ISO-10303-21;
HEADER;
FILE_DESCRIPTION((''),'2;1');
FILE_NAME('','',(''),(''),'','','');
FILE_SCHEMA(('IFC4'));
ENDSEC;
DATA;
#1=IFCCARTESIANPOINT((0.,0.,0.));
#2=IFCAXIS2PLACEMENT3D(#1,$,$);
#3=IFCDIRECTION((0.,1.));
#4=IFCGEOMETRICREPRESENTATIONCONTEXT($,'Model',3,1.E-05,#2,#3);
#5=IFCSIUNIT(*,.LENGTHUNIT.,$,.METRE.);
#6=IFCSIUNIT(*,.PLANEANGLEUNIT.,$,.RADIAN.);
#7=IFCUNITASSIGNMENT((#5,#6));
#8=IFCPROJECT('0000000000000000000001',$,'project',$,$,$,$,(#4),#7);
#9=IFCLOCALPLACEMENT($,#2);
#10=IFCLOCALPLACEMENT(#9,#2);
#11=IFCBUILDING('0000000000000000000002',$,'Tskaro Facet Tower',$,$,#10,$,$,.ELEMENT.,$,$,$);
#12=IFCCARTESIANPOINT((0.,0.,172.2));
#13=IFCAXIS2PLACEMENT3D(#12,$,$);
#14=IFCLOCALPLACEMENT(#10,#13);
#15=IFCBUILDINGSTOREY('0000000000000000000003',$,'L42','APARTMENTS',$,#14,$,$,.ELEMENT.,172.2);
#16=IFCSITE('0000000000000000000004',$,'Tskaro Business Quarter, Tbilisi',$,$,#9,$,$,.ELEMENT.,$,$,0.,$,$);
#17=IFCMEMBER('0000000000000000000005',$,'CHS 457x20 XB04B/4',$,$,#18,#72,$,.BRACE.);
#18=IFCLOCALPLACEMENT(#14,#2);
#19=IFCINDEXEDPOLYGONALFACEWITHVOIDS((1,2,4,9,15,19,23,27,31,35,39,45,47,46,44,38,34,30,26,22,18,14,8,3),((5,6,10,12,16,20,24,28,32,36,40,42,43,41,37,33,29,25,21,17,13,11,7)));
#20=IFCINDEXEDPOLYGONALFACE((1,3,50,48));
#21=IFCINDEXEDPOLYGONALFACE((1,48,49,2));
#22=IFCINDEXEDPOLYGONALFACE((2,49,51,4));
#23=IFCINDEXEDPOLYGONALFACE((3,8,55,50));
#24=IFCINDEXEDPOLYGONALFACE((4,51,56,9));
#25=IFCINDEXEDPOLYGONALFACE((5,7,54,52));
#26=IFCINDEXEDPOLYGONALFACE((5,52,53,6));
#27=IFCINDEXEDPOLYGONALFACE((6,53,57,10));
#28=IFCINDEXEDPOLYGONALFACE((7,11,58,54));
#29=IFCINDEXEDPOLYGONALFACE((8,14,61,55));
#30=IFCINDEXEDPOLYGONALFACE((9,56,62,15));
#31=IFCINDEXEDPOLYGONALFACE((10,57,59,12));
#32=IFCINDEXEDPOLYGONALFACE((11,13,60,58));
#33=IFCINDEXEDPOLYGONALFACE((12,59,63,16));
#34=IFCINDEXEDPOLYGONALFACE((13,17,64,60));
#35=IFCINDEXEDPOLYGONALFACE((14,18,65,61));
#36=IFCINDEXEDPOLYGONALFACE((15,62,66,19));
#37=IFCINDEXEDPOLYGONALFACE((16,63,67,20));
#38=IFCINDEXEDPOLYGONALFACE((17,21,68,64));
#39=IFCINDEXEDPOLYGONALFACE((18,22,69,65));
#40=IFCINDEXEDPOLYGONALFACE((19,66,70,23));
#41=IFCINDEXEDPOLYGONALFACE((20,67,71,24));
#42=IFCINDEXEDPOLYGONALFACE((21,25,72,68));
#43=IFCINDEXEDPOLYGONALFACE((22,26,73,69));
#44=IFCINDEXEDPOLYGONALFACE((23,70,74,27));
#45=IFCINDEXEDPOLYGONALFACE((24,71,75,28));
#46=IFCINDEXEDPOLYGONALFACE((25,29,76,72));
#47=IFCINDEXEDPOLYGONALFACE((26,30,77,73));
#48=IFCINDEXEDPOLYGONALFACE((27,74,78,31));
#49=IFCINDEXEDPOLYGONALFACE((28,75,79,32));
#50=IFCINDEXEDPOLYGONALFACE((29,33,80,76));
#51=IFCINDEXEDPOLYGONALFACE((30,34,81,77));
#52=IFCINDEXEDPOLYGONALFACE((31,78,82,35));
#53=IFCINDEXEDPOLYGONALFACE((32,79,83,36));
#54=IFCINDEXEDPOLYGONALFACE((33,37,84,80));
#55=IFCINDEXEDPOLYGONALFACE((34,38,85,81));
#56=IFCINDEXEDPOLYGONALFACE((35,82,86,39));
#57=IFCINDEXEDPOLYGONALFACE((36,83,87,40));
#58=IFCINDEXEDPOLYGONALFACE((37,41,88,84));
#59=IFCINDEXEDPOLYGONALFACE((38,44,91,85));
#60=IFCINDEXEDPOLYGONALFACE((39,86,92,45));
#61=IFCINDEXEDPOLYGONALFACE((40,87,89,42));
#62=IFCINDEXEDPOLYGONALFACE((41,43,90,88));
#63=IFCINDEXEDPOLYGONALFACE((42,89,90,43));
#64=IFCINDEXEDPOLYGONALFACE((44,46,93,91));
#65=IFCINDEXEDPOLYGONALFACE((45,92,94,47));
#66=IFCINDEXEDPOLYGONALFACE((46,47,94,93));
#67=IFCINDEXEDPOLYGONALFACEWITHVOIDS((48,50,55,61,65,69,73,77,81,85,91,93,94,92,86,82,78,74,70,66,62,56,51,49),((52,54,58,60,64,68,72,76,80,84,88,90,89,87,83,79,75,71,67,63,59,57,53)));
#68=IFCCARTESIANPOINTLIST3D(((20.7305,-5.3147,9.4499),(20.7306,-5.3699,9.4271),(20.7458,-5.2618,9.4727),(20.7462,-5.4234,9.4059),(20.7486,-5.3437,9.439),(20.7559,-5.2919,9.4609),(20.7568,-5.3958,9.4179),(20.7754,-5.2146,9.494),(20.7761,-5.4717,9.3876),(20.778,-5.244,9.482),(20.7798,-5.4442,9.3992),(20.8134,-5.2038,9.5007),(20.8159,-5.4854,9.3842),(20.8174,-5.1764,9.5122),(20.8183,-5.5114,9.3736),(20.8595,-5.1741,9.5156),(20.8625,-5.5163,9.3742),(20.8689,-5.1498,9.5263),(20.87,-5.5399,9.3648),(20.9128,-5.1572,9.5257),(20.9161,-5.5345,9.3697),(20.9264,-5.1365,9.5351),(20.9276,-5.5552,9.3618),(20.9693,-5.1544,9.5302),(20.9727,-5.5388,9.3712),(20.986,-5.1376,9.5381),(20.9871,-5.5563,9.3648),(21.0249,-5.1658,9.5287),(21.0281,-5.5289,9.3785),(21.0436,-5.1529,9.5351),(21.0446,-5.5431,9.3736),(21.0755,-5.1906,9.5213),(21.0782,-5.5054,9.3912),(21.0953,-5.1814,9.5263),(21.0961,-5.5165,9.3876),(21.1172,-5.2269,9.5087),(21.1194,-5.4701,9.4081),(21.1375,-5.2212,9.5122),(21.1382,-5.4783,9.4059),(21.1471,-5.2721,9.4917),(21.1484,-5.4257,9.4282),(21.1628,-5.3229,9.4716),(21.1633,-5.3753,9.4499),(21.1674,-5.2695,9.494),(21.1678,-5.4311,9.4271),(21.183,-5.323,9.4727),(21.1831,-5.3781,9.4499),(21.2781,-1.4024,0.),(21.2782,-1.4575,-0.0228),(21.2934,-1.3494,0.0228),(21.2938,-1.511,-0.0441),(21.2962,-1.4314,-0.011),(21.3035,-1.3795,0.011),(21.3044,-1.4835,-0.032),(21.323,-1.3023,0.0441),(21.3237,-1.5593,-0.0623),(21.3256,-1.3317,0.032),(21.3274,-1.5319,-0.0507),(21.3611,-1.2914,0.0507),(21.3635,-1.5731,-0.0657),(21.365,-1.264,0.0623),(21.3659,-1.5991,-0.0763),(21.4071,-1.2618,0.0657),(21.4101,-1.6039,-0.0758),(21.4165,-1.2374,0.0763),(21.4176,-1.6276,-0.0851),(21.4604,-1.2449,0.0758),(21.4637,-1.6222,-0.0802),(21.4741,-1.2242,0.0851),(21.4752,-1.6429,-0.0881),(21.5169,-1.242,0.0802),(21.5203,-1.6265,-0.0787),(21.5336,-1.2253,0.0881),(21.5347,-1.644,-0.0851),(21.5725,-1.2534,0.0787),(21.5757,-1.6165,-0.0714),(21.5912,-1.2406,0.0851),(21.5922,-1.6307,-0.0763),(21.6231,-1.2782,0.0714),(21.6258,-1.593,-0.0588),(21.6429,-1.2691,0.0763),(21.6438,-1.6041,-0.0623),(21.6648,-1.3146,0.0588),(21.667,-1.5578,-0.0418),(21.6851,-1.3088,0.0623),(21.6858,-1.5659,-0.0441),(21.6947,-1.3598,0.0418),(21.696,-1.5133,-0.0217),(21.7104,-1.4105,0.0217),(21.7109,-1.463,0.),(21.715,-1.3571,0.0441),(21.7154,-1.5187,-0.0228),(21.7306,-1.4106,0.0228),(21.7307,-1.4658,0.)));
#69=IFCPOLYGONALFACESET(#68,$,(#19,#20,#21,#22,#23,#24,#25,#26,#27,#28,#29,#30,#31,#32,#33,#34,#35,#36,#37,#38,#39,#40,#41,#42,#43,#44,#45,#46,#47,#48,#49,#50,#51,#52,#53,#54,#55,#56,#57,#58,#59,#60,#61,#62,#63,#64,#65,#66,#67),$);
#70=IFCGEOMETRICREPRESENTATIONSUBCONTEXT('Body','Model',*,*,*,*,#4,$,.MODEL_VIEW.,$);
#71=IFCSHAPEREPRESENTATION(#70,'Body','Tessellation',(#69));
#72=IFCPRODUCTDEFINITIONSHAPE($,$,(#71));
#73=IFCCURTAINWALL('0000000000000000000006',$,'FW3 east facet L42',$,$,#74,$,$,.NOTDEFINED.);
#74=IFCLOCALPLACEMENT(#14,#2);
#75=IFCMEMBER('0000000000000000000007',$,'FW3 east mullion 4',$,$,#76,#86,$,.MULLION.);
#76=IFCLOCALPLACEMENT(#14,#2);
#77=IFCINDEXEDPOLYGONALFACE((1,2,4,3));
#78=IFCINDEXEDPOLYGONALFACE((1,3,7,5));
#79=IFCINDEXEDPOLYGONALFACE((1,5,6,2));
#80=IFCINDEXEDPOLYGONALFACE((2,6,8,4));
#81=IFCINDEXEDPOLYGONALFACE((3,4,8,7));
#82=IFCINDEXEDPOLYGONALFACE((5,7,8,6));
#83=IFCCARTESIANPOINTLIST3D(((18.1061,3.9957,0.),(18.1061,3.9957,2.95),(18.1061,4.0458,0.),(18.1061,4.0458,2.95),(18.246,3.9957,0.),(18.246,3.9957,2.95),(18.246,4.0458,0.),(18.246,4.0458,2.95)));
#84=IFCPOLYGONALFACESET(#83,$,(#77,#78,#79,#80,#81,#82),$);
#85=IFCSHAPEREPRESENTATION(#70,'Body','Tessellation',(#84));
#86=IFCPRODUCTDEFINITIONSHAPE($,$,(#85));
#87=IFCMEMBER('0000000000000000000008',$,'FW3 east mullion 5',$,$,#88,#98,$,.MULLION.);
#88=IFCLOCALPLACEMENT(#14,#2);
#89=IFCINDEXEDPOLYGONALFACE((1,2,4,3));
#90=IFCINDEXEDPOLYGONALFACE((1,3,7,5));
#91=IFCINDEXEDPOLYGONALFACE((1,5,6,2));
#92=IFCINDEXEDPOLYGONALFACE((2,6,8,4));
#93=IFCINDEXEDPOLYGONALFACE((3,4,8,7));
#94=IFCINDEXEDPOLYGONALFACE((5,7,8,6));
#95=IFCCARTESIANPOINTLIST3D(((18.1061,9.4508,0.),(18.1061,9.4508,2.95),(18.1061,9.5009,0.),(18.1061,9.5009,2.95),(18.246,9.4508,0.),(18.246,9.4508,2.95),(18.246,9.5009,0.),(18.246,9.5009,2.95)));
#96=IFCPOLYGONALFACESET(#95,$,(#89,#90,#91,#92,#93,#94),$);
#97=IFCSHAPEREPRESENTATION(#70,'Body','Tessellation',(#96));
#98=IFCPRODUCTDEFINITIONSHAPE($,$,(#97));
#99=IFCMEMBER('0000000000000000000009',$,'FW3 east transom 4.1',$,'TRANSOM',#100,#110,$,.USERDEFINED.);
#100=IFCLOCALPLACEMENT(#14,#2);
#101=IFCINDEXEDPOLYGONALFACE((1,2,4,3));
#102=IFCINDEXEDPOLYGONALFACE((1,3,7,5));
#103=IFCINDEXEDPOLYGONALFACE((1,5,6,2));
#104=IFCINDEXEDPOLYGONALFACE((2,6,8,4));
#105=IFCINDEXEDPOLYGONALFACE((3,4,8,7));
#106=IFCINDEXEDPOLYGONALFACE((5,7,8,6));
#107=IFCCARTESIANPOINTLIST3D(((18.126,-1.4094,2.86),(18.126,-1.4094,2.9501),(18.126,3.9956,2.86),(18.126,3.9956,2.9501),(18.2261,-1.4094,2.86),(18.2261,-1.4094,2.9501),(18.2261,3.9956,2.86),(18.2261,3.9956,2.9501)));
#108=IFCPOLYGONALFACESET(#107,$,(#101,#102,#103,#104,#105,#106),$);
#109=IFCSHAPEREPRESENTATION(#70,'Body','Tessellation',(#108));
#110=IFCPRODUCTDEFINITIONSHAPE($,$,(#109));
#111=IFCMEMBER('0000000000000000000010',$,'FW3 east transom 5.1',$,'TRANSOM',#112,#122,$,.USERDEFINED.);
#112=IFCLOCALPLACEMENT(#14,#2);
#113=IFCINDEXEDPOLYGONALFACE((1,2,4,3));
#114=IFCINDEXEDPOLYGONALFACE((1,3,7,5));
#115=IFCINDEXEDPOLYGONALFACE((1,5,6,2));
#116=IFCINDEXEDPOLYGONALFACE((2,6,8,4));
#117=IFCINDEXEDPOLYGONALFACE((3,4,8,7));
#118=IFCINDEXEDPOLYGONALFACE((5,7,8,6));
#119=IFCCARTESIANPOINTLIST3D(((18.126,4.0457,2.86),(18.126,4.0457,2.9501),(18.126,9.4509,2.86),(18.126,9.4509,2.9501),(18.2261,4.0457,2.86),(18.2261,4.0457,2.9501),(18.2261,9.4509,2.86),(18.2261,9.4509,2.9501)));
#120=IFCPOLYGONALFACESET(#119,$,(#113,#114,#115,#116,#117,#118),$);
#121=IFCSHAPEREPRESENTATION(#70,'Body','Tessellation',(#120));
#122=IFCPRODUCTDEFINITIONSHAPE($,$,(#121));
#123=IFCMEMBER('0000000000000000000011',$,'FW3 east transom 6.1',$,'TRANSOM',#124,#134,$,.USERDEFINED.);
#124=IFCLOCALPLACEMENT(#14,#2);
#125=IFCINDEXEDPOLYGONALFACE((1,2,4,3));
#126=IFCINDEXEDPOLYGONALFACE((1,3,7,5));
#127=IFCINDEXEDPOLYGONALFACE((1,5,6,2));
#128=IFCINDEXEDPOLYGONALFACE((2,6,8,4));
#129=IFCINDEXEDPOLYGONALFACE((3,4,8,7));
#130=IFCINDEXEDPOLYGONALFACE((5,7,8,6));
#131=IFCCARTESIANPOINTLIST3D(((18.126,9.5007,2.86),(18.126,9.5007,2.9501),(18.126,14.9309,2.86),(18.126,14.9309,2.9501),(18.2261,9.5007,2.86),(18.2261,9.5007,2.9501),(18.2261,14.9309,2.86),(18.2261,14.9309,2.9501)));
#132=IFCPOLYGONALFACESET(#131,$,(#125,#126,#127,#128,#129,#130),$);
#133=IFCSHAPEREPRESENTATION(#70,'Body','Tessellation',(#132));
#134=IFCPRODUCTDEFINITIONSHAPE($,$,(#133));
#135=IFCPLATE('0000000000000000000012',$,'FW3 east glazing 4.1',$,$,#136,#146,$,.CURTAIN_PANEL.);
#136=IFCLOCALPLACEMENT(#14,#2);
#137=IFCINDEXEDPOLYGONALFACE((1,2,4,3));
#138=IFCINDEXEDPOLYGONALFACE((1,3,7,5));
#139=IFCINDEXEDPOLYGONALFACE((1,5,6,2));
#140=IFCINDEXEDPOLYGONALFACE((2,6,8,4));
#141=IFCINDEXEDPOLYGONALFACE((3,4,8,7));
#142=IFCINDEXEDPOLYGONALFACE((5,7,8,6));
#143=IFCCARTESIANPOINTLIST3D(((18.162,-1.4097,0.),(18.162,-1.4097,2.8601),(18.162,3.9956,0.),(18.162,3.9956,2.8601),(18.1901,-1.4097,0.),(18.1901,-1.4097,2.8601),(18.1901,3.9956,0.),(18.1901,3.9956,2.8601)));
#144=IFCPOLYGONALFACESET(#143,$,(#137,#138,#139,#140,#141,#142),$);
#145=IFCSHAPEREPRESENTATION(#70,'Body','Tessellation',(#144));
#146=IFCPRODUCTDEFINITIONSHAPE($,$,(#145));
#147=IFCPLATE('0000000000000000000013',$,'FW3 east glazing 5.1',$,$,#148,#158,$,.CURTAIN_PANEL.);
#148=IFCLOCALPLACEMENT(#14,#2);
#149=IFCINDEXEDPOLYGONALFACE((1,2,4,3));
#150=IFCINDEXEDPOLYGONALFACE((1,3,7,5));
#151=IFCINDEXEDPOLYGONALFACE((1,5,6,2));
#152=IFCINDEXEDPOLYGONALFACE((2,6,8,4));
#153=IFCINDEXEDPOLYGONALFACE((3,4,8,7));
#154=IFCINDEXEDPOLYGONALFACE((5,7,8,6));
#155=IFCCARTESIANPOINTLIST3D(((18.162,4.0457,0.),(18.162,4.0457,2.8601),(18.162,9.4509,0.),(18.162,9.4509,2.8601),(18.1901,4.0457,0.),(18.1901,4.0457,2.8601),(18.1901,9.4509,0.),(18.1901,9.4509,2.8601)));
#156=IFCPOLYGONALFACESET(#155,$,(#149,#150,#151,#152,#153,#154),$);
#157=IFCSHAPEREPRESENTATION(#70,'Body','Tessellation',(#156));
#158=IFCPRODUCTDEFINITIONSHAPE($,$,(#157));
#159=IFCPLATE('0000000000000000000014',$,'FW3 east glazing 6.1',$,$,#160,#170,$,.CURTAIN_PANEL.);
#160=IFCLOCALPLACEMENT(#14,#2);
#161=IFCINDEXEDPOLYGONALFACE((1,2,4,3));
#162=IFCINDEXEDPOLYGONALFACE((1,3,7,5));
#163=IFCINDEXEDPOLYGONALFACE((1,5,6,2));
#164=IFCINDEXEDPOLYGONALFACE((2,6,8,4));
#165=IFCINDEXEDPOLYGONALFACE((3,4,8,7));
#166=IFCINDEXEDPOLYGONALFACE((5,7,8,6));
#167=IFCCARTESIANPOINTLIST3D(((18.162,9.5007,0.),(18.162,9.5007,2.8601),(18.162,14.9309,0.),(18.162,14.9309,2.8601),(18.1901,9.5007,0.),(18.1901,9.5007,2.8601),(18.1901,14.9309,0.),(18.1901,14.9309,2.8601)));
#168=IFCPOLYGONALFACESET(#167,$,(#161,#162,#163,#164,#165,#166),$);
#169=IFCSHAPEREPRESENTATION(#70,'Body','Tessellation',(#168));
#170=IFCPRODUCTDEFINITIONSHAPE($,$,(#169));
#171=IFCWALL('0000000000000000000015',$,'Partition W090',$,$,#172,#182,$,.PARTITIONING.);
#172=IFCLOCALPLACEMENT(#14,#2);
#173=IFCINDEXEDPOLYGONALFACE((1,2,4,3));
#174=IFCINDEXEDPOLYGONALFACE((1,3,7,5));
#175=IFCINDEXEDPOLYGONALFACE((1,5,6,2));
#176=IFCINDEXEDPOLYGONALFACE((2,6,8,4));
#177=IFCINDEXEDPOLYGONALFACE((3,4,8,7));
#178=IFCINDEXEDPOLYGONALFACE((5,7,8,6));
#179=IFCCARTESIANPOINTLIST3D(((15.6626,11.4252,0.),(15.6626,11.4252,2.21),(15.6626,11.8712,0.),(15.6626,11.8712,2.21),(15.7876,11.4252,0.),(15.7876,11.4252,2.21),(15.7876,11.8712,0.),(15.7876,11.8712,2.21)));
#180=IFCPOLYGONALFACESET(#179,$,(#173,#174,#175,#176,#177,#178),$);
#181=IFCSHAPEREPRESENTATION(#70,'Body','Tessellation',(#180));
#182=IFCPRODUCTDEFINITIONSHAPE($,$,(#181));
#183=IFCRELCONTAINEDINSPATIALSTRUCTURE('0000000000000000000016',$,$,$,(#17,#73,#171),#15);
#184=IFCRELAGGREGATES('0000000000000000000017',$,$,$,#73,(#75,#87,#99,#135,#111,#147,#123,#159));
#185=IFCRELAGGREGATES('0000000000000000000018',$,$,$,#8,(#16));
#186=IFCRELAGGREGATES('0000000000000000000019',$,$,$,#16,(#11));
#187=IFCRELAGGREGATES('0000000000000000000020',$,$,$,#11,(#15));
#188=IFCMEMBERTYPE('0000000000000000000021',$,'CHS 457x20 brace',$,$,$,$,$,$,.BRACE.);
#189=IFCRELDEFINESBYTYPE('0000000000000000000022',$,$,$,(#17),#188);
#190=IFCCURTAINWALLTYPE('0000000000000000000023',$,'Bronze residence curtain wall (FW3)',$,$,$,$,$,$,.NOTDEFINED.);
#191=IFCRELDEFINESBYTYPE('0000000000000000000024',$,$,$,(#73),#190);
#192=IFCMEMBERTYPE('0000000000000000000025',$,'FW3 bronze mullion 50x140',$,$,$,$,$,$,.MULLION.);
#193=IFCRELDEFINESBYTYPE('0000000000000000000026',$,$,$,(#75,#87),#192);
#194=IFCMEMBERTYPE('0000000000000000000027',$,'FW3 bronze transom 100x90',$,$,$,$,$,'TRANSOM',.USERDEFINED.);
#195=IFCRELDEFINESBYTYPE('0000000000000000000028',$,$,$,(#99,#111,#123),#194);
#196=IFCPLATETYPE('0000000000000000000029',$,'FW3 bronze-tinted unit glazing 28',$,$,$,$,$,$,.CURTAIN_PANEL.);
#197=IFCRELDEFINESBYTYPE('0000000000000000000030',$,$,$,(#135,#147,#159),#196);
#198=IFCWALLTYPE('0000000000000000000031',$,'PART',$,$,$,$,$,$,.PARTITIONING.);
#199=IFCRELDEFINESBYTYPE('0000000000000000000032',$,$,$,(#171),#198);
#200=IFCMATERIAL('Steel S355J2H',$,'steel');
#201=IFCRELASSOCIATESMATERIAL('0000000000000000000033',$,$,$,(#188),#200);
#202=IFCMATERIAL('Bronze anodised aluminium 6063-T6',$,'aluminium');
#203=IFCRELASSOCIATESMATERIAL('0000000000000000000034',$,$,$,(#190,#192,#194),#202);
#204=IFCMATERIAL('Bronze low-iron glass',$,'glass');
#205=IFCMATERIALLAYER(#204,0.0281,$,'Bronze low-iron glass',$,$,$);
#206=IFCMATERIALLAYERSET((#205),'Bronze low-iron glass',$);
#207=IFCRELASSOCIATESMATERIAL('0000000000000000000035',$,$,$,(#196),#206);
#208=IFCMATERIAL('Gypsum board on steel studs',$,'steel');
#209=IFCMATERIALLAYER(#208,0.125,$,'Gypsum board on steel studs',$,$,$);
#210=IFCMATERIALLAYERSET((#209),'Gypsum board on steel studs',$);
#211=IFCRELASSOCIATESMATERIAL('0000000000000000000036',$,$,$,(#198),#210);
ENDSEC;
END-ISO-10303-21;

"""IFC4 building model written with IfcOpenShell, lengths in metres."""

from ifc_helpers import new_model, si_unit, direction, frame, frame_2d, origin, origin_2d, place, context, subcontext, project, spatial, rectangle, hollow_circle, extrude, material, layer, layer_set, material_profile, profile_set, type_object, element, aggregate, save


model = new_model("IFC4")

# Units and contexts
model_context = context("Model", 3, precision=1e-05, world=origin(), true_north=direction((0.0, 1.0)))
body_context = subcontext(model_context, "Body", "Model", "MODEL_VIEW")
ifc_project = project(units=[si_unit("LENGTHUNIT", "METRE"), si_unit("PLANEANGLEUNIT", "RADIAN")], contexts=[model_context])

# Site, building, storey
site_placement = place(None, origin())
site = spatial("IfcSite", under=ifc_project, at=site_placement, Name="Tskaro Business Quarter, Tbilisi", CompositionType="ELEMENT", RefElevation=0.0)
building_placement = place(site_placement, origin())
building = spatial("IfcBuilding", under=site, at=building_placement, Name="Tskaro Facet Tower", CompositionType="ELEMENT")
storey_placement = place(building_placement, frame((0.0, 0.0, 172.2)))
storey = spatial("IfcBuildingStorey", under=building, at=storey_placement, Name="L42", Description="APARTMENTS", CompositionType="ELEMENT", Elevation=172.2)

# Shared definitions
ifc_material_1 = material(Name="Steel S355J2H", Category="steel")

# Member
ifc_material_profile_1 = material_profile(ifc_material_1, hollow_circle(Radius=0.2285, WallThickness=0.02, at=origin_2d()), Name="CHS 457x20")
ifc_profile_set_1 = profile_set([ifc_material_profile_1], Name="Steel S355J2H")
member_type_1 = type_object("IfcMemberType", Name="CHS 457x20 brace", PredefinedType="BRACE", material=ifc_profile_set_1)
member_1_placement = place(storey_placement, frame((21.5044, -1.4341, 0.0), z_axis=(-0.053464, -0.381974, 0.922625), x_axis=(0.990346, -0.138618, 0.0)))
element("IfcMember", 1, at=member_1_placement, inside=storey, type_object=member_type_1, Name="CHS 457x20 XB04B/4", PredefinedType="BRACE", context=body_context, shape_type="SweptSolid", body=[
    extrude(hollow_circle(Radius=0.2285, WallThickness=0.02, at=origin_2d()), origin(), (0.0, 0.0, 1.0), 10.2424),
])

# Curtain wall, members, plates
ifc_material_2 = material(Name="Bronze anodised aluminium 6063-T6", Category="aluminium")
curtain_wall_type = type_object("IfcCurtainWallType", Name="Bronze residence curtain wall (FW3)", PredefinedType="NOTDEFINED", material=ifc_material_2)
curtain_wall_placement = place(storey_placement, origin())
curtain_wall = element("IfcCurtainWall", 2, at=curtain_wall_placement, inside=storey, type_object=curtain_wall_type, Name="FW3 east facet L42", PredefinedType="NOTDEFINED")
ifc_material_profile_2 = material_profile(ifc_material_2, rectangle(XDim=0.05, YDim=0.1399, at=origin_2d()), Name="Mullion 50x140")
ifc_profile_set_2 = profile_set([ifc_material_profile_2], Name="Bronze anodised aluminium 6063-T6")
member_type_2 = type_object("IfcMemberType", Name="FW3 bronze mullion 50x140", PredefinedType="MULLION", material=ifc_profile_set_2)
member_2_placement = place(storey_placement, frame((18.176, 4.0208, 0.0), z_axis=(0.0, 0.0, 1.0), x_axis=(0.0, 1.0, 0.0)))
member_2 = element("IfcMember", 3, at=member_2_placement, type_object=member_type_2, Name="FW3 east mullion 4", PredefinedType="MULLION", context=body_context, shape_type="SweptSolid", body=[
    extrude(rectangle(XDim=0.05, YDim=0.1399, at=origin_2d()), origin(), (0.0, 0.0, 1.0), 2.95),
])
member_3_placement = place(storey_placement, frame((18.176, 9.4758, 0.0), z_axis=(0.0, 0.0, 1.0), x_axis=(0.0, 1.0, 0.0)))
member_3 = element("IfcMember", 4, at=member_3_placement, type_object=member_type_2, Name="FW3 east mullion 5", PredefinedType="MULLION", context=body_context, shape_type="SweptSolid", body=[
    extrude(rectangle(XDim=0.05, YDim=0.1399, at=origin_2d()), origin(), (0.0, 0.0, 1.0), 2.95),
])
ifc_material_profile_3 = material_profile(ifc_material_2, rectangle(XDim=0.1001, YDim=0.0901, at=origin_2d()), Name="Transom 100x90")
ifc_profile_set_3 = profile_set([ifc_material_profile_3], Name="Bronze anodised aluminium 6063-T6")
member_type_3 = type_object("IfcMemberType", Name="FW3 bronze transom 100x90", ElementType="TRANSOM", PredefinedType="USERDEFINED", material=ifc_profile_set_3)
member_4_placement = place(storey_placement, frame((18.176, -1.4094, 2.905), z_axis=(0.0, 1.0, 0.0), x_axis=(-1.0, 0.0, 0.0)))
member_4 = element("IfcMember", 5, at=member_4_placement, type_object=member_type_3, Name="FW3 east transom 4.1", ObjectType="TRANSOM", PredefinedType="USERDEFINED", context=body_context, shape_type="SweptSolid", body=[
    extrude(rectangle(XDim=0.1001, YDim=0.0901, at=origin_2d()), origin(), (0.0, 0.0, 1.0), 5.405),
])
member_5_placement = place(storey_placement, frame((18.176, 4.0457, 2.905), z_axis=(0.0, 1.0, 0.0), x_axis=(-1.0, 0.0, 0.0)))
member_5 = element("IfcMember", 6, at=member_5_placement, type_object=member_type_3, Name="FW3 east transom 5.1", ObjectType="TRANSOM", PredefinedType="USERDEFINED", context=body_context, shape_type="SweptSolid", body=[
    extrude(rectangle(XDim=0.1001, YDim=0.0901, at=origin_2d()), origin(), (0.0, 0.0, 1.0), 5.4053),
])
member_6_placement = place(storey_placement, frame((18.176, 9.5007, 2.905), z_axis=(0.0, 1.0, 0.0), x_axis=(-1.0, 0.0, 0.0)))
member_6 = element("IfcMember", 7, at=member_6_placement, type_object=member_type_3, Name="FW3 east transom 6.1", ObjectType="TRANSOM", PredefinedType="USERDEFINED", context=body_context, shape_type="SweptSolid", body=[
    extrude(rectangle(XDim=0.1001, YDim=0.0901, at=origin_2d()), origin(), (0.0, 0.0, 1.0), 5.4302),
])
ifc_material_3 = material(Name="Bronze low-iron glass", Category="glass")
ifc_layer_1 = layer(ifc_material_3, 0.0281, Name="Bronze low-iron glass")
ifc_layer_set_1 = layer_set([ifc_layer_1], Name="Bronze low-iron glass")
plate_type = type_object("IfcPlateType", Name="FW3 bronze-tinted unit glazing 28", PredefinedType="CURTAIN_PANEL", material=ifc_layer_set_1)
plate_1_placement = place(storey_placement, frame((18.176, 1.293, 0.0), z_axis=(0.0, 0.0, 1.0), x_axis=(0.0, 1.0, 0.0)))
plate_1 = element("IfcPlate", 8, at=plate_1_placement, type_object=plate_type, Name="FW3 east glazing 4.1", PredefinedType="CURTAIN_PANEL", context=body_context, shape_type="SweptSolid", body=[
    extrude(rectangle(XDim=5.4053, YDim=0.0281, at=origin_2d()), origin(), (0.0, 0.0, 1.0), 2.8601),
])
plate_2_placement = place(storey_placement, frame((18.176, 6.7483, 0.0), z_axis=(0.0, 0.0, 1.0), x_axis=(0.0, 1.0, 0.0)))
plate_2 = element("IfcPlate", 9, at=plate_2_placement, type_object=plate_type, Name="FW3 east glazing 5.1", PredefinedType="CURTAIN_PANEL", context=body_context, shape_type="SweptSolid", body=[
    extrude(rectangle(XDim=5.4053, YDim=0.0281, at=origin_2d()), origin(), (0.0, 0.0, 1.0), 2.8601),
])
plate_3_placement = place(storey_placement, frame((18.176, 12.2158, 0.0), z_axis=(0.0, 0.0, 1.0), x_axis=(0.0, 1.0, 0.0)))
plate_3 = element("IfcPlate", 10, at=plate_3_placement, type_object=plate_type, Name="FW3 east glazing 6.1", PredefinedType="CURTAIN_PANEL", context=body_context, shape_type="SweptSolid", body=[
    extrude(rectangle(XDim=5.4302, YDim=0.0281, at=origin_2d()), origin(), (0.0, 0.0, 1.0), 2.8601),
])
aggregate(curtain_wall, [member_2, member_3, member_4, plate_1, member_5, plate_2, member_6, plate_3])

# Wall
ifc_material_4 = material(Name="Gypsum board on steel studs", Category="steel")
ifc_layer_2 = layer(ifc_material_4, 0.125, Name="Gypsum board on steel studs")
ifc_layer_set_2 = layer_set([ifc_layer_2], Name="Gypsum board on steel studs")
wall_type_1 = type_object("IfcWallType", Name="PART", PredefinedType="PARTITIONING", material=ifc_layer_set_2)
wall_1_placement = place(storey_placement, frame((15.7251, 11.425, 0.0), z_axis=(0.0, 0.0, 1.0), x_axis=(0.0, 1.0, 0.0)))
element("IfcWall", 11, at=wall_1_placement, inside=storey, type_object=wall_type_1, Name="Partition W090", PredefinedType="PARTITIONING", context=body_context, shape_type="SweptSolid", body=[
    extrude(rectangle(XDim=0.446, YDim=0.125, at=frame_2d((0.2231, 0.0))), origin(), (0.0, 0.0, 1.0), 2.21),
])

save(model, "model.ifc")
